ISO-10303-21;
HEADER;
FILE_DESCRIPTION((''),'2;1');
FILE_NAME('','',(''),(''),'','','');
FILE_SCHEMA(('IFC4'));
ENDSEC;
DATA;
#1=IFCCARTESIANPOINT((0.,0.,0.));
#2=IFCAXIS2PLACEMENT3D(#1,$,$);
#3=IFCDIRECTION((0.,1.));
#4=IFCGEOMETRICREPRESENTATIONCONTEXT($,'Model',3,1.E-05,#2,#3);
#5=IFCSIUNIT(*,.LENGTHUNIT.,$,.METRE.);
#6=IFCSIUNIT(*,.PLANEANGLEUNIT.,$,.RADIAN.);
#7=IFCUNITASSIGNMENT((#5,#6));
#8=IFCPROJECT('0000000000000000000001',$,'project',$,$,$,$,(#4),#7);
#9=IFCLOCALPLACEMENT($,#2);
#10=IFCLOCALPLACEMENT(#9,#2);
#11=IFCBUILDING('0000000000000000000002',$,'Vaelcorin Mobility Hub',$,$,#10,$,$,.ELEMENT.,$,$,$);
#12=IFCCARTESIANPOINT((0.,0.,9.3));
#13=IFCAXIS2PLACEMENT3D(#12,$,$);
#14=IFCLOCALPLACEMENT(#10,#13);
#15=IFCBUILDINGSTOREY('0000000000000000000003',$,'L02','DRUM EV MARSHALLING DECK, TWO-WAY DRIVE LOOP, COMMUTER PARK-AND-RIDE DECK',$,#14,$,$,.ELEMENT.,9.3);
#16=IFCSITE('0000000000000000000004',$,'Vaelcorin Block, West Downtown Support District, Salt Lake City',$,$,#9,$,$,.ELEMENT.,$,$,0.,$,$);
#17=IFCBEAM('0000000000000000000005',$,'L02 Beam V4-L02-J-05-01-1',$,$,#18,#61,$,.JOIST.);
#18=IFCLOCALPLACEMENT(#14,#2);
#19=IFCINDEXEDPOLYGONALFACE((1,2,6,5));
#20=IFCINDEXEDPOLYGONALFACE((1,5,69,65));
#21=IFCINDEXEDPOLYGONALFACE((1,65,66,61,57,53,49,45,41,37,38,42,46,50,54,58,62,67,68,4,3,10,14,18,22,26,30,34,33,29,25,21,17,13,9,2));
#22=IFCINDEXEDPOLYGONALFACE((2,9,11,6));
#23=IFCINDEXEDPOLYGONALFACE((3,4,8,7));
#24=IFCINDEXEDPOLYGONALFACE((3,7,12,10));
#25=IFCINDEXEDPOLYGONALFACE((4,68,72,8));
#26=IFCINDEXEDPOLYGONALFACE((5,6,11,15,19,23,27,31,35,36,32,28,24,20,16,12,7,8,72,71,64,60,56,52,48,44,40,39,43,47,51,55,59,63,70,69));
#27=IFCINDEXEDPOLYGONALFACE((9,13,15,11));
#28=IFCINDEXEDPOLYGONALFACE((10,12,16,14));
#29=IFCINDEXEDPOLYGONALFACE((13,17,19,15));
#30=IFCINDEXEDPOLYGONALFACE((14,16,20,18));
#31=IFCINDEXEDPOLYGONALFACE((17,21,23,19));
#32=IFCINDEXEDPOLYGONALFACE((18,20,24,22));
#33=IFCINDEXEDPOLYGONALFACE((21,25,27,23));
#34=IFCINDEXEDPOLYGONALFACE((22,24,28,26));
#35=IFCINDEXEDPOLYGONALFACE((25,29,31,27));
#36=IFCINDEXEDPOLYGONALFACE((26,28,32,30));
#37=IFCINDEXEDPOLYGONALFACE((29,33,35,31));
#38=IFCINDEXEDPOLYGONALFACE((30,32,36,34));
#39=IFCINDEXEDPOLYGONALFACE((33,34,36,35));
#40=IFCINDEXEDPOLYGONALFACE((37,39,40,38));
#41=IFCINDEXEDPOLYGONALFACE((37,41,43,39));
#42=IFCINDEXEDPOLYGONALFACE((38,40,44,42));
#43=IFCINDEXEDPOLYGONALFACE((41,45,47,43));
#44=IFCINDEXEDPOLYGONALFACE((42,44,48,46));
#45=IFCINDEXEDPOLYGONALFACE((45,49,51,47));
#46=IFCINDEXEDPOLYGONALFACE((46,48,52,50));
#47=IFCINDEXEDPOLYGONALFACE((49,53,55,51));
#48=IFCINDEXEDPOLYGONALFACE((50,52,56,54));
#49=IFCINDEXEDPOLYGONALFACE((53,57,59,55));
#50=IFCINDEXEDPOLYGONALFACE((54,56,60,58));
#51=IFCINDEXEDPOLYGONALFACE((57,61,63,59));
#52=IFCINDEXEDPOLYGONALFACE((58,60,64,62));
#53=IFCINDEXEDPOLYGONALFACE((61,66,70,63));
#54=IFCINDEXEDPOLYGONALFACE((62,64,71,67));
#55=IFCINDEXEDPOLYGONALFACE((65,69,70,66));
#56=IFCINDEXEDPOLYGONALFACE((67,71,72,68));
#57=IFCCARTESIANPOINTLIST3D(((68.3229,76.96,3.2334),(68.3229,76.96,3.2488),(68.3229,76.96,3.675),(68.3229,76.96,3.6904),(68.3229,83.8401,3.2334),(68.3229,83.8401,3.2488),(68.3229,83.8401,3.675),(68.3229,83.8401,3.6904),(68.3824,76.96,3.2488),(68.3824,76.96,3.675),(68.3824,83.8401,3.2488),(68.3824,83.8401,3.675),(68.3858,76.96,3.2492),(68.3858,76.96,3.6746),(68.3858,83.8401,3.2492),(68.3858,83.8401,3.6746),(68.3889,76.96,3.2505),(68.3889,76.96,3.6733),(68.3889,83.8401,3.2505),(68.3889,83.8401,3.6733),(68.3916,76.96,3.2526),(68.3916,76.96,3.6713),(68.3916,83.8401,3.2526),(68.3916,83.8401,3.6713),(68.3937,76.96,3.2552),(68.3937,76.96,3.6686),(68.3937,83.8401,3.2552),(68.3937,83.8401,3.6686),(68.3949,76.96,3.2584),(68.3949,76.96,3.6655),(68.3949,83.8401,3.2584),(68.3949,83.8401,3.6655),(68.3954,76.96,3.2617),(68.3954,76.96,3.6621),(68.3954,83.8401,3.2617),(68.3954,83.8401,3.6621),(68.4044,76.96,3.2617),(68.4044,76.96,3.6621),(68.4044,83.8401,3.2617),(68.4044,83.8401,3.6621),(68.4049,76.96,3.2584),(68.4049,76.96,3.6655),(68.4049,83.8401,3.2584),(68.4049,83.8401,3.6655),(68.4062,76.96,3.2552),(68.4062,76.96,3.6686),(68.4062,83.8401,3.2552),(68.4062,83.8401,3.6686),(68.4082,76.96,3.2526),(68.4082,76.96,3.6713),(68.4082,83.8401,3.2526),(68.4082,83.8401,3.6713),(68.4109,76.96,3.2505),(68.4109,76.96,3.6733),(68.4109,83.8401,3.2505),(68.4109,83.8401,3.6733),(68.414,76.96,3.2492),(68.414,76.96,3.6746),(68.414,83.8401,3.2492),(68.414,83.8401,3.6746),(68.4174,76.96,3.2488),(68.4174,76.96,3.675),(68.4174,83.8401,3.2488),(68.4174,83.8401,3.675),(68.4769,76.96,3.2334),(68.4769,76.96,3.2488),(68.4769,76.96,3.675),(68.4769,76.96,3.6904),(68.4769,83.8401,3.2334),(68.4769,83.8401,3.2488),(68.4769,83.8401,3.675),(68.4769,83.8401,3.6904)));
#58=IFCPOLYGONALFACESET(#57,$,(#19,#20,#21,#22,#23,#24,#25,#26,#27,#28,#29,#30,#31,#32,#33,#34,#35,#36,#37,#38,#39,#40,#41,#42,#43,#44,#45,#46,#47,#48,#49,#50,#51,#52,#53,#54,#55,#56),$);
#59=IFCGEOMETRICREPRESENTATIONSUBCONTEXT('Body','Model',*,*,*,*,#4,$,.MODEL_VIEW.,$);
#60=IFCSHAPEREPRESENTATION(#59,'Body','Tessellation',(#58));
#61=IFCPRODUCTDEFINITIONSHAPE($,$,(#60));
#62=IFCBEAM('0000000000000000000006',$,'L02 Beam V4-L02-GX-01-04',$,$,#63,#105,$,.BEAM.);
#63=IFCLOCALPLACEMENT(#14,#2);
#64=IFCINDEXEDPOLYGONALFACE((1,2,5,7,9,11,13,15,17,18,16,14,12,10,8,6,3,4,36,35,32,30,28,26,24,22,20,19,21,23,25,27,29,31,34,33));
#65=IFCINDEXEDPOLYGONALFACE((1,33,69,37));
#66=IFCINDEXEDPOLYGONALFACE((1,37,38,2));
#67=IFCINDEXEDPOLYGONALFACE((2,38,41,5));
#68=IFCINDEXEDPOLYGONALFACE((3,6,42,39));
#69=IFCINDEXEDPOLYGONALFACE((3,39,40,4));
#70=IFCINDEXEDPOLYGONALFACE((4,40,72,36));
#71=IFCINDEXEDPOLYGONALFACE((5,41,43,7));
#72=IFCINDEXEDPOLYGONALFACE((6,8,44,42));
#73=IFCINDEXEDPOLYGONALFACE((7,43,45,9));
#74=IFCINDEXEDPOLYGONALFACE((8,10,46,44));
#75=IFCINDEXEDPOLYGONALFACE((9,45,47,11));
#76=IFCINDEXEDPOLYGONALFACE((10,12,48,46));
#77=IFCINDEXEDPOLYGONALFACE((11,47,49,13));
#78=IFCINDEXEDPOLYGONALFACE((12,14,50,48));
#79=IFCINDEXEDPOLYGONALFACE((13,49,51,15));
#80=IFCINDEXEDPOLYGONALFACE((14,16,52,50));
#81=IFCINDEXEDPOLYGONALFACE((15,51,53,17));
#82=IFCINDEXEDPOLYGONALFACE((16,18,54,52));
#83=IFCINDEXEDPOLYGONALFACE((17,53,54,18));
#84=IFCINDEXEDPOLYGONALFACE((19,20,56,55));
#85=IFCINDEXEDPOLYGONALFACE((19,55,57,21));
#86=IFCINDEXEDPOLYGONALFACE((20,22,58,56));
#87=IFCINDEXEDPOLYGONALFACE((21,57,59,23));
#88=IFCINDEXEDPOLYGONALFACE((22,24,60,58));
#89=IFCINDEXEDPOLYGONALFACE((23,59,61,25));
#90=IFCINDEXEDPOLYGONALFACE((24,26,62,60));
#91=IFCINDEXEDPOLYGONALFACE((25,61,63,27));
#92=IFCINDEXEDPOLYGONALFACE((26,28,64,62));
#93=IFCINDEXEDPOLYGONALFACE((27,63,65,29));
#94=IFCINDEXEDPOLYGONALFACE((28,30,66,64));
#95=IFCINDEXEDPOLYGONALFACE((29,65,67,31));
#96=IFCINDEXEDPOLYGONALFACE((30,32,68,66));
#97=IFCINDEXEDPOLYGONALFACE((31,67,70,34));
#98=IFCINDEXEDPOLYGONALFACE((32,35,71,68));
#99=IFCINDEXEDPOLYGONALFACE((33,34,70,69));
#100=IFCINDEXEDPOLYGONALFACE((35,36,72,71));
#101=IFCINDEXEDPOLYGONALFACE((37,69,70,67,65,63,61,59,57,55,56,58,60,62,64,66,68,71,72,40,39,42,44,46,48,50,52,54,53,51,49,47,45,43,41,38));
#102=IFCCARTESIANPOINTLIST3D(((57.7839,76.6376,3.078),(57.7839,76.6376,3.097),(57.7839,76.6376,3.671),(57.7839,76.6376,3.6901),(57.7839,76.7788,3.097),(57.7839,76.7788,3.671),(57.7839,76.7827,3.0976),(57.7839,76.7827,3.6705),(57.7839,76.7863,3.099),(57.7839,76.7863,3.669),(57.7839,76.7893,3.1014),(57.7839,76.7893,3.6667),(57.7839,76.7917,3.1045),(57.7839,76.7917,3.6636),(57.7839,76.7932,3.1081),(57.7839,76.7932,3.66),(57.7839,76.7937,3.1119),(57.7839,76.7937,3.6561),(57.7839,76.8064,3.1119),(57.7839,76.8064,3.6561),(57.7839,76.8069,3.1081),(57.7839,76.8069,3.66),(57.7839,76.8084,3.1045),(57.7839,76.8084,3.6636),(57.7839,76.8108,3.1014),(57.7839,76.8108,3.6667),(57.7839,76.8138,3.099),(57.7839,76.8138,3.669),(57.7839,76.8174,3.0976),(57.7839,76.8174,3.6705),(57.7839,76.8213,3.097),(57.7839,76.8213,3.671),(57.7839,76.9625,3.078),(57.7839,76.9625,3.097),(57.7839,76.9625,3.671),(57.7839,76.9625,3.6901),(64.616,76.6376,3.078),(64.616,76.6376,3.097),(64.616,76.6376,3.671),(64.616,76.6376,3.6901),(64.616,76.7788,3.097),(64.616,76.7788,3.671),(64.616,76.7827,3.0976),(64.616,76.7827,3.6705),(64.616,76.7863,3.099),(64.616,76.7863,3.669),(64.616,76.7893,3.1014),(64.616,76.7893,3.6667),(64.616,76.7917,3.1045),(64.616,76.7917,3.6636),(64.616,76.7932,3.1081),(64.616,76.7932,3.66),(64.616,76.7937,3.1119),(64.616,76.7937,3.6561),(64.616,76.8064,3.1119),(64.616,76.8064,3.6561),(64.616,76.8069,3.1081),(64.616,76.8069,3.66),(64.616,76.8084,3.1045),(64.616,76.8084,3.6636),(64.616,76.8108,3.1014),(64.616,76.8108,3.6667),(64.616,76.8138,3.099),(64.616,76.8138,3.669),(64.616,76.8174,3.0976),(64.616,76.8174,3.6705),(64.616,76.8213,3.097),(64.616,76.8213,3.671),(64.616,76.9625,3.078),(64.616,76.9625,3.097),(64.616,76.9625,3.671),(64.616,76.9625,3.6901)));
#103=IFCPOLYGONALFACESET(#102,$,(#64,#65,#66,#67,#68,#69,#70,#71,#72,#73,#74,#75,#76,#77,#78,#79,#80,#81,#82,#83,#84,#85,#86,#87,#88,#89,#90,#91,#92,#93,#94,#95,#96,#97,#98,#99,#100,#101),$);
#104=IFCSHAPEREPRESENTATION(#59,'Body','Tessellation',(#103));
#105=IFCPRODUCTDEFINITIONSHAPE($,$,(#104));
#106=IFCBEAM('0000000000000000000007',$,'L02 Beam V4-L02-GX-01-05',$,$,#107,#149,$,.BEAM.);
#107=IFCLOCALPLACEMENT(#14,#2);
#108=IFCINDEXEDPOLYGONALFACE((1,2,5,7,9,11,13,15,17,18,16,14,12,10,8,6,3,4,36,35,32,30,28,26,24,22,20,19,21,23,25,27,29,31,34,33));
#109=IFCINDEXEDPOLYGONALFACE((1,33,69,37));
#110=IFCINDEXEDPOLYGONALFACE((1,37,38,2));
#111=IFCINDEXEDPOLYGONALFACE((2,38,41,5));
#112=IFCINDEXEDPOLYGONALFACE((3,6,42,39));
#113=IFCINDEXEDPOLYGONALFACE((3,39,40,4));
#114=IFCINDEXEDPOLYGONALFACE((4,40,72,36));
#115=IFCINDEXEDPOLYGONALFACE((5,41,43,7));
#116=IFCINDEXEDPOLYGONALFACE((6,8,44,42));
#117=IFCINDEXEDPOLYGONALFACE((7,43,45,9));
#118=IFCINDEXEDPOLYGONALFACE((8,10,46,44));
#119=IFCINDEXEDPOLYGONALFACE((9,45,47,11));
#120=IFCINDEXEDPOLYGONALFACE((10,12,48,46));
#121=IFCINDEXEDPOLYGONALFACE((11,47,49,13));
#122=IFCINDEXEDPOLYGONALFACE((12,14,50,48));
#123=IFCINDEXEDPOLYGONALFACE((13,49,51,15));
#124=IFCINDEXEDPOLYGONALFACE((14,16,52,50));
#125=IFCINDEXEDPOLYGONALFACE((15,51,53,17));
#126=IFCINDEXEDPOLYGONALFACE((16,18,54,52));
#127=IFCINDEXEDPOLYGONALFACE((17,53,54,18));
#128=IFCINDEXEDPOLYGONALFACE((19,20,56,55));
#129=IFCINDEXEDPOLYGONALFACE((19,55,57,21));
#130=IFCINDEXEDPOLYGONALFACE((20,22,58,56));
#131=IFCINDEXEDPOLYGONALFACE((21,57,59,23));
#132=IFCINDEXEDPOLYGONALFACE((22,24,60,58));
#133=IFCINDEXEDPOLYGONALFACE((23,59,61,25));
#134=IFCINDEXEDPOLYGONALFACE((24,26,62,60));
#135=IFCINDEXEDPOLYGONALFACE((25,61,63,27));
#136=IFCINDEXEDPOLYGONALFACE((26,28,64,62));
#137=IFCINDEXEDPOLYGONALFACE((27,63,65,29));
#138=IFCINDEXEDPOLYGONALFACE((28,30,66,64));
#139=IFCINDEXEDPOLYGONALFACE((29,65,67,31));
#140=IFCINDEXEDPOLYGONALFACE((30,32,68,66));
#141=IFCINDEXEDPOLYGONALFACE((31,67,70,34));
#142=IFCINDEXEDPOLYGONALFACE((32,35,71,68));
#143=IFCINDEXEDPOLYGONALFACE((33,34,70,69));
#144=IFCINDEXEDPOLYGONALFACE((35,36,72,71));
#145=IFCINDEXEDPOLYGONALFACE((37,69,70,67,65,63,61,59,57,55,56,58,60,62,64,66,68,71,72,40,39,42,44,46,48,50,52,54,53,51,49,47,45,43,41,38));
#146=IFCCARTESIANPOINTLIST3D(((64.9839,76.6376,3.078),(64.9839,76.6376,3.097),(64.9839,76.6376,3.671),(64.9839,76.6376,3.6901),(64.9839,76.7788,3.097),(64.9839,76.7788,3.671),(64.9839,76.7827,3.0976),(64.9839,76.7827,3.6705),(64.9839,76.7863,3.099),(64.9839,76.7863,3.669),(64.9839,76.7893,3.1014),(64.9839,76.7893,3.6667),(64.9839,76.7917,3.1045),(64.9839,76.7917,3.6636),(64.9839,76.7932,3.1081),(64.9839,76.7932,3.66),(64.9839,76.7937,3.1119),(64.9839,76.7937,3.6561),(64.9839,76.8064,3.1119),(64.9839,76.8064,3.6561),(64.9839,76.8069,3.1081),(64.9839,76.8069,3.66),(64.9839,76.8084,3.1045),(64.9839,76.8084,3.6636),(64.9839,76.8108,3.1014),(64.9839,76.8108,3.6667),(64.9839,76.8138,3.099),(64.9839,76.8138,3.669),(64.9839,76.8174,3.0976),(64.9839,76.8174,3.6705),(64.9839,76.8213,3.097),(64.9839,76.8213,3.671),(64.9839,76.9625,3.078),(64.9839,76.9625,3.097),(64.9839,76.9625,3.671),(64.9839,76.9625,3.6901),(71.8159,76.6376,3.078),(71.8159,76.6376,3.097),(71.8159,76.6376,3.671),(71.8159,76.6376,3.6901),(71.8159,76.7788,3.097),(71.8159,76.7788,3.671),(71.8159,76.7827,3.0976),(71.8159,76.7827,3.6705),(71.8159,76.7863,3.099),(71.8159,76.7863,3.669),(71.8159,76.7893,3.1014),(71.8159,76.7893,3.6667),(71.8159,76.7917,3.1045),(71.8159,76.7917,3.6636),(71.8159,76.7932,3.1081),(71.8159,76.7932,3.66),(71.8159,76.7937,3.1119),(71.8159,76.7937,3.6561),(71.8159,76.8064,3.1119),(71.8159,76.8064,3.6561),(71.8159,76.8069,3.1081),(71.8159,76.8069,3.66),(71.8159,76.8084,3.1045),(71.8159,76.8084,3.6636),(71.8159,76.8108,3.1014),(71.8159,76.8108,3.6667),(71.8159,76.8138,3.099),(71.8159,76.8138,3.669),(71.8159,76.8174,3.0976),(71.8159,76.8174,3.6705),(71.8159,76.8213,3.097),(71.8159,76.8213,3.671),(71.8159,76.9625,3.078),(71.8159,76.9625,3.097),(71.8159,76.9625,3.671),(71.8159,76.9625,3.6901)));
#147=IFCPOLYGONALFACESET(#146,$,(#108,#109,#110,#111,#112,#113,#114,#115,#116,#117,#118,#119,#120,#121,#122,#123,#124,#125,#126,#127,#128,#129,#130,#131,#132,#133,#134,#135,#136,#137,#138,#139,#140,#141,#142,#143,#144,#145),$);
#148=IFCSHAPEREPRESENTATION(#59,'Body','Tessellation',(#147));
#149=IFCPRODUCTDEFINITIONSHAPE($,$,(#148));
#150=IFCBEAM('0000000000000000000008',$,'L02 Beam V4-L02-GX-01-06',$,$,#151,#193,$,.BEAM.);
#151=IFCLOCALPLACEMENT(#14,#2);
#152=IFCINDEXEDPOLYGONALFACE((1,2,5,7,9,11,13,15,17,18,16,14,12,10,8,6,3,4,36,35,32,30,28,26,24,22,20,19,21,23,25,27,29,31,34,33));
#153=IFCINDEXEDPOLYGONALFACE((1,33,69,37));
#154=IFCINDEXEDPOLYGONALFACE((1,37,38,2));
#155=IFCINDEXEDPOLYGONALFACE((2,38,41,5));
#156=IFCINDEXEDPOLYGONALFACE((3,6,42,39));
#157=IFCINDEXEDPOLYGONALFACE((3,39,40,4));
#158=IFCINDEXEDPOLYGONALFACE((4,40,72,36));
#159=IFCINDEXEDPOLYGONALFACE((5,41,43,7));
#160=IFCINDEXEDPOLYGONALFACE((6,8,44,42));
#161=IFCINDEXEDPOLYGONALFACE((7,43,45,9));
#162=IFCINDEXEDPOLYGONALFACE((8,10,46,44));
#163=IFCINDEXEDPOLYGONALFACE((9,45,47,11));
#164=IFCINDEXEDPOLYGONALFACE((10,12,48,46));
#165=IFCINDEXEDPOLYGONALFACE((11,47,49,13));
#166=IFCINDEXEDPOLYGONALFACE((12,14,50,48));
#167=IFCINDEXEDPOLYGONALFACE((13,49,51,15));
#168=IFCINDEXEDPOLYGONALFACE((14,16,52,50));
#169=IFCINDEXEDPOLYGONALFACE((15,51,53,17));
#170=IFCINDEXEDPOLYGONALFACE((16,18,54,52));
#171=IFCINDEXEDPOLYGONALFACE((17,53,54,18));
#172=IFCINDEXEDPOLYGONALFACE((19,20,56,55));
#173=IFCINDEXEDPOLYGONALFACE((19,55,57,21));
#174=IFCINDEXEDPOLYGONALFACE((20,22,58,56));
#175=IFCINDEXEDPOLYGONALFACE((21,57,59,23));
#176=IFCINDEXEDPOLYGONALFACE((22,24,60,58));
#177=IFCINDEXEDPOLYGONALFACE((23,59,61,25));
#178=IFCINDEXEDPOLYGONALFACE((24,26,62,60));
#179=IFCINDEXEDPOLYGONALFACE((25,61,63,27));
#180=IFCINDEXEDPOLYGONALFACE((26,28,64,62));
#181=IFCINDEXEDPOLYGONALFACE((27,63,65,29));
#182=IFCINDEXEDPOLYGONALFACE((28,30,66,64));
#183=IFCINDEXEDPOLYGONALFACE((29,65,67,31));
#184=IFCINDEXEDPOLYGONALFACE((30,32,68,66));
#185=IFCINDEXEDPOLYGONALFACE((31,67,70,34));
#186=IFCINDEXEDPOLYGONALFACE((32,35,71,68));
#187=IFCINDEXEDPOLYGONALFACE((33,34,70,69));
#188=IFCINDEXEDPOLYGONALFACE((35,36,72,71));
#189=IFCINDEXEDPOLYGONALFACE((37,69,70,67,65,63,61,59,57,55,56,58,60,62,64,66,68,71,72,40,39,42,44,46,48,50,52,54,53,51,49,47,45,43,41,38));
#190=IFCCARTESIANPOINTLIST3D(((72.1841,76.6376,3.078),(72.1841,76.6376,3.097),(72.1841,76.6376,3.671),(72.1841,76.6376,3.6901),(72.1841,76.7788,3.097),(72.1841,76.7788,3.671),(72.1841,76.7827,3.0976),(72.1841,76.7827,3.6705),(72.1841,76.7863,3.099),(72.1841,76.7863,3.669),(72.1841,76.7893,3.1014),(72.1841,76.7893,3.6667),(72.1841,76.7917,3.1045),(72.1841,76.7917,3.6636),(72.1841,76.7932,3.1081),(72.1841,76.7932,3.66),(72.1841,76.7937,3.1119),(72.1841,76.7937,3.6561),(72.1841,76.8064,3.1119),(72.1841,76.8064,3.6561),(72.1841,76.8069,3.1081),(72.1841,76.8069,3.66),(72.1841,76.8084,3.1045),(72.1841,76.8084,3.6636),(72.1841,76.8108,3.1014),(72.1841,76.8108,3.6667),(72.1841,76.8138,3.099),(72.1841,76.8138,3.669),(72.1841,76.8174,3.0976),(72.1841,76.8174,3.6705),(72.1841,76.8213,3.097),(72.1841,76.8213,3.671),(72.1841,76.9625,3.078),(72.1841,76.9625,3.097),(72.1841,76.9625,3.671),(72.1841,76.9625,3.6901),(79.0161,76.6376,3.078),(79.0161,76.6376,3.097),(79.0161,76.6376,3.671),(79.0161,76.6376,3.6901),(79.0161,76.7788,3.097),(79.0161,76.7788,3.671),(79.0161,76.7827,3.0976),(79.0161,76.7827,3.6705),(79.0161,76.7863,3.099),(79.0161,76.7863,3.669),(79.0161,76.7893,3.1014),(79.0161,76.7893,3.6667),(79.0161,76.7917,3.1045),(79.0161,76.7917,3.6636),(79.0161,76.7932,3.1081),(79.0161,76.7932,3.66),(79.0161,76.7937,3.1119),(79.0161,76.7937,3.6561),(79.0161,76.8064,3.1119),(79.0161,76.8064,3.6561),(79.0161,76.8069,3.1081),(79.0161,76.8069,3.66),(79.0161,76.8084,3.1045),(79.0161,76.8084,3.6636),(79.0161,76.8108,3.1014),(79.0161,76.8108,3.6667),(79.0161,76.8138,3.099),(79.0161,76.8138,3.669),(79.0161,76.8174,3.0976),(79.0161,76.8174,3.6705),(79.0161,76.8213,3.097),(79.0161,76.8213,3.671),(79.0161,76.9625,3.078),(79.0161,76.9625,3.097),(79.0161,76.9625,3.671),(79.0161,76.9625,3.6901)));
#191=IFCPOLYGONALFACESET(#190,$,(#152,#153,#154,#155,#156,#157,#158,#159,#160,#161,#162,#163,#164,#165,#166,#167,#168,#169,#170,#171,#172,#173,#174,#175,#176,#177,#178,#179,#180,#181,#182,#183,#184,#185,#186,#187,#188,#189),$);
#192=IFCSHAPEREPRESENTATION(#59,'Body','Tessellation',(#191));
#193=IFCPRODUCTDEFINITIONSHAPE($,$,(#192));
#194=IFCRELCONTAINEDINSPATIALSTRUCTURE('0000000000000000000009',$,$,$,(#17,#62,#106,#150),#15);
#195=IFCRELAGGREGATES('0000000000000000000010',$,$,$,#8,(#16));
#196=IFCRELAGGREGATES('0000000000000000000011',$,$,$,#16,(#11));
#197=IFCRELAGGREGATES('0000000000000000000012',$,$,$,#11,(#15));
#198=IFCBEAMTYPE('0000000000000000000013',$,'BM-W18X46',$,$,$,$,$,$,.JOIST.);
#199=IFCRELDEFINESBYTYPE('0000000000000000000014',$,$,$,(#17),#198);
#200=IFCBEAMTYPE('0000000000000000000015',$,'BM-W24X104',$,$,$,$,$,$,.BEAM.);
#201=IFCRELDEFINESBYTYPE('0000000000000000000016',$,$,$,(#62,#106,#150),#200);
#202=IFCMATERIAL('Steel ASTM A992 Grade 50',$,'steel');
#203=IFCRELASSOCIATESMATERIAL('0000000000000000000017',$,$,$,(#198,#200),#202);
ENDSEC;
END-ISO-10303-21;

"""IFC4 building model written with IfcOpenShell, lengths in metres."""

from ifc_helpers import new_model, si_unit, direction, frame, origin, origin_2d, place, context, subcontext, project, spatial, i_section, extrude, material, material_profile, profile_set, type_object, element, save


model = new_model("IFC4")

# Units and contexts
model_context = context("Model", 3, precision=1e-05, world=origin(), true_north=direction((0.0, 1.0)))
body_context = subcontext(model_context, "Body", "Model", "MODEL_VIEW")
ifc_project = project(units=[si_unit("LENGTHUNIT", "METRE"), si_unit("PLANEANGLEUNIT", "RADIAN")], contexts=[model_context])

# Site, building, storey
site_placement = place(None, origin())
site = spatial("IfcSite", under=ifc_project, at=site_placement, Name="Vaelcorin Block, West Downtown Support District, Salt Lake City", CompositionType="ELEMENT", RefElevation=0.0)
building_placement = place(site_placement, origin())
building = spatial("IfcBuilding", under=site, at=building_placement, Name="Vaelcorin Mobility Hub", CompositionType="ELEMENT")
storey_placement = place(building_placement, frame((0.0, 0.0, 9.3)))
storey = spatial("IfcBuildingStorey", under=building, at=storey_placement, Name="L02", Description="DRUM EV MARSHALLING DECK, TWO-WAY DRIVE LOOP, COMMUTER PARK-AND-RIDE DECK", CompositionType="ELEMENT", Elevation=9.3)

# Shared definitions
ifc_material_1 = material(Name="Steel ASTM A992 Grade 50", Category="steel")

# Beams
ifc_material_profile_1 = material_profile(ifc_material_1, i_section(OverallWidth=0.1541, OverallDepth=0.457, WebThickness=0.009, FlangeThickness=0.0154, FilletRadius=0.0129, at=origin_2d()), Name="W18X46")
ifc_profile_set_1 = profile_set([ifc_material_profile_1], Name="Steel ASTM A992 Grade 50")
beam_type_1 = type_object("IfcBeamType", Name="BM-W18X46", PredefinedType="JOIST", material=ifc_profile_set_1)
for number, where, z_axis, x_axis, name in (
    (1, (68.3999, 76.96, 3.4619), (0.0, 1.0, 0.0), (-1.0, 0.0, 0.0), "L02 Beam V4-L02-J-05-01-1"),
):
    element("IfcBeam", number, at=place(storey_placement, frame(where, z_axis=z_axis, x_axis=x_axis)), inside=storey, type_object=beam_type_1, Name=name, PredefinedType="JOIST", context=body_context, shape_type="SweptSolid", body=[
        extrude(i_section(OverallWidth=0.1541, OverallDepth=0.457, WebThickness=0.009, FlangeThickness=0.0154, FilletRadius=0.0129, at=origin_2d()), origin(), (0.0, 0.0, 1.0), 6.8801),
    ])
ifc_material_profile_2 = material_profile(ifc_material_1, i_section(OverallWidth=0.325, OverallDepth=0.6121, WebThickness=0.0127, FlangeThickness=0.019, FilletRadius=0.0149, at=origin_2d()), Name="W24X104")
ifc_profile_set_2 = profile_set([ifc_material_profile_2], Name="Steel ASTM A992 Grade 50")
beam_type_2 = type_object("IfcBeamType", Name="BM-W24X104", PredefinedType="BEAM", material=ifc_profile_set_2)
for number, where, z_axis, x_axis, name in (
    (2, (57.7839, 76.8, 3.384), (1.0, 0.0, 0.0), (0.0, 1.0, 0.0), "L02 Beam V4-L02-GX-01-04"),
    (3, (64.9839, 76.8, 3.384), (1.0, 0.0, 0.0), (0.0, 1.0, 0.0), "L02 Beam V4-L02-GX-01-05"),
    (4, (72.1841, 76.8, 3.384), (1.0, 0.0, 0.0), (0.0, 1.0, 0.0), "L02 Beam V4-L02-GX-01-06"),
):
    element("IfcBeam", number, at=place(storey_placement, frame(where, z_axis=z_axis, x_axis=x_axis)), inside=storey, type_object=beam_type_2, Name=name, PredefinedType="BEAM", context=body_context, shape_type="SweptSolid", body=[
        extrude(i_section(OverallWidth=0.325, OverallDepth=0.6121, WebThickness=0.0127, FlangeThickness=0.019, FilletRadius=0.0149, at=origin_2d()), origin(), (0.0, 0.0, 1.0), 6.832),
    ])

save(model, "model.ifc")
